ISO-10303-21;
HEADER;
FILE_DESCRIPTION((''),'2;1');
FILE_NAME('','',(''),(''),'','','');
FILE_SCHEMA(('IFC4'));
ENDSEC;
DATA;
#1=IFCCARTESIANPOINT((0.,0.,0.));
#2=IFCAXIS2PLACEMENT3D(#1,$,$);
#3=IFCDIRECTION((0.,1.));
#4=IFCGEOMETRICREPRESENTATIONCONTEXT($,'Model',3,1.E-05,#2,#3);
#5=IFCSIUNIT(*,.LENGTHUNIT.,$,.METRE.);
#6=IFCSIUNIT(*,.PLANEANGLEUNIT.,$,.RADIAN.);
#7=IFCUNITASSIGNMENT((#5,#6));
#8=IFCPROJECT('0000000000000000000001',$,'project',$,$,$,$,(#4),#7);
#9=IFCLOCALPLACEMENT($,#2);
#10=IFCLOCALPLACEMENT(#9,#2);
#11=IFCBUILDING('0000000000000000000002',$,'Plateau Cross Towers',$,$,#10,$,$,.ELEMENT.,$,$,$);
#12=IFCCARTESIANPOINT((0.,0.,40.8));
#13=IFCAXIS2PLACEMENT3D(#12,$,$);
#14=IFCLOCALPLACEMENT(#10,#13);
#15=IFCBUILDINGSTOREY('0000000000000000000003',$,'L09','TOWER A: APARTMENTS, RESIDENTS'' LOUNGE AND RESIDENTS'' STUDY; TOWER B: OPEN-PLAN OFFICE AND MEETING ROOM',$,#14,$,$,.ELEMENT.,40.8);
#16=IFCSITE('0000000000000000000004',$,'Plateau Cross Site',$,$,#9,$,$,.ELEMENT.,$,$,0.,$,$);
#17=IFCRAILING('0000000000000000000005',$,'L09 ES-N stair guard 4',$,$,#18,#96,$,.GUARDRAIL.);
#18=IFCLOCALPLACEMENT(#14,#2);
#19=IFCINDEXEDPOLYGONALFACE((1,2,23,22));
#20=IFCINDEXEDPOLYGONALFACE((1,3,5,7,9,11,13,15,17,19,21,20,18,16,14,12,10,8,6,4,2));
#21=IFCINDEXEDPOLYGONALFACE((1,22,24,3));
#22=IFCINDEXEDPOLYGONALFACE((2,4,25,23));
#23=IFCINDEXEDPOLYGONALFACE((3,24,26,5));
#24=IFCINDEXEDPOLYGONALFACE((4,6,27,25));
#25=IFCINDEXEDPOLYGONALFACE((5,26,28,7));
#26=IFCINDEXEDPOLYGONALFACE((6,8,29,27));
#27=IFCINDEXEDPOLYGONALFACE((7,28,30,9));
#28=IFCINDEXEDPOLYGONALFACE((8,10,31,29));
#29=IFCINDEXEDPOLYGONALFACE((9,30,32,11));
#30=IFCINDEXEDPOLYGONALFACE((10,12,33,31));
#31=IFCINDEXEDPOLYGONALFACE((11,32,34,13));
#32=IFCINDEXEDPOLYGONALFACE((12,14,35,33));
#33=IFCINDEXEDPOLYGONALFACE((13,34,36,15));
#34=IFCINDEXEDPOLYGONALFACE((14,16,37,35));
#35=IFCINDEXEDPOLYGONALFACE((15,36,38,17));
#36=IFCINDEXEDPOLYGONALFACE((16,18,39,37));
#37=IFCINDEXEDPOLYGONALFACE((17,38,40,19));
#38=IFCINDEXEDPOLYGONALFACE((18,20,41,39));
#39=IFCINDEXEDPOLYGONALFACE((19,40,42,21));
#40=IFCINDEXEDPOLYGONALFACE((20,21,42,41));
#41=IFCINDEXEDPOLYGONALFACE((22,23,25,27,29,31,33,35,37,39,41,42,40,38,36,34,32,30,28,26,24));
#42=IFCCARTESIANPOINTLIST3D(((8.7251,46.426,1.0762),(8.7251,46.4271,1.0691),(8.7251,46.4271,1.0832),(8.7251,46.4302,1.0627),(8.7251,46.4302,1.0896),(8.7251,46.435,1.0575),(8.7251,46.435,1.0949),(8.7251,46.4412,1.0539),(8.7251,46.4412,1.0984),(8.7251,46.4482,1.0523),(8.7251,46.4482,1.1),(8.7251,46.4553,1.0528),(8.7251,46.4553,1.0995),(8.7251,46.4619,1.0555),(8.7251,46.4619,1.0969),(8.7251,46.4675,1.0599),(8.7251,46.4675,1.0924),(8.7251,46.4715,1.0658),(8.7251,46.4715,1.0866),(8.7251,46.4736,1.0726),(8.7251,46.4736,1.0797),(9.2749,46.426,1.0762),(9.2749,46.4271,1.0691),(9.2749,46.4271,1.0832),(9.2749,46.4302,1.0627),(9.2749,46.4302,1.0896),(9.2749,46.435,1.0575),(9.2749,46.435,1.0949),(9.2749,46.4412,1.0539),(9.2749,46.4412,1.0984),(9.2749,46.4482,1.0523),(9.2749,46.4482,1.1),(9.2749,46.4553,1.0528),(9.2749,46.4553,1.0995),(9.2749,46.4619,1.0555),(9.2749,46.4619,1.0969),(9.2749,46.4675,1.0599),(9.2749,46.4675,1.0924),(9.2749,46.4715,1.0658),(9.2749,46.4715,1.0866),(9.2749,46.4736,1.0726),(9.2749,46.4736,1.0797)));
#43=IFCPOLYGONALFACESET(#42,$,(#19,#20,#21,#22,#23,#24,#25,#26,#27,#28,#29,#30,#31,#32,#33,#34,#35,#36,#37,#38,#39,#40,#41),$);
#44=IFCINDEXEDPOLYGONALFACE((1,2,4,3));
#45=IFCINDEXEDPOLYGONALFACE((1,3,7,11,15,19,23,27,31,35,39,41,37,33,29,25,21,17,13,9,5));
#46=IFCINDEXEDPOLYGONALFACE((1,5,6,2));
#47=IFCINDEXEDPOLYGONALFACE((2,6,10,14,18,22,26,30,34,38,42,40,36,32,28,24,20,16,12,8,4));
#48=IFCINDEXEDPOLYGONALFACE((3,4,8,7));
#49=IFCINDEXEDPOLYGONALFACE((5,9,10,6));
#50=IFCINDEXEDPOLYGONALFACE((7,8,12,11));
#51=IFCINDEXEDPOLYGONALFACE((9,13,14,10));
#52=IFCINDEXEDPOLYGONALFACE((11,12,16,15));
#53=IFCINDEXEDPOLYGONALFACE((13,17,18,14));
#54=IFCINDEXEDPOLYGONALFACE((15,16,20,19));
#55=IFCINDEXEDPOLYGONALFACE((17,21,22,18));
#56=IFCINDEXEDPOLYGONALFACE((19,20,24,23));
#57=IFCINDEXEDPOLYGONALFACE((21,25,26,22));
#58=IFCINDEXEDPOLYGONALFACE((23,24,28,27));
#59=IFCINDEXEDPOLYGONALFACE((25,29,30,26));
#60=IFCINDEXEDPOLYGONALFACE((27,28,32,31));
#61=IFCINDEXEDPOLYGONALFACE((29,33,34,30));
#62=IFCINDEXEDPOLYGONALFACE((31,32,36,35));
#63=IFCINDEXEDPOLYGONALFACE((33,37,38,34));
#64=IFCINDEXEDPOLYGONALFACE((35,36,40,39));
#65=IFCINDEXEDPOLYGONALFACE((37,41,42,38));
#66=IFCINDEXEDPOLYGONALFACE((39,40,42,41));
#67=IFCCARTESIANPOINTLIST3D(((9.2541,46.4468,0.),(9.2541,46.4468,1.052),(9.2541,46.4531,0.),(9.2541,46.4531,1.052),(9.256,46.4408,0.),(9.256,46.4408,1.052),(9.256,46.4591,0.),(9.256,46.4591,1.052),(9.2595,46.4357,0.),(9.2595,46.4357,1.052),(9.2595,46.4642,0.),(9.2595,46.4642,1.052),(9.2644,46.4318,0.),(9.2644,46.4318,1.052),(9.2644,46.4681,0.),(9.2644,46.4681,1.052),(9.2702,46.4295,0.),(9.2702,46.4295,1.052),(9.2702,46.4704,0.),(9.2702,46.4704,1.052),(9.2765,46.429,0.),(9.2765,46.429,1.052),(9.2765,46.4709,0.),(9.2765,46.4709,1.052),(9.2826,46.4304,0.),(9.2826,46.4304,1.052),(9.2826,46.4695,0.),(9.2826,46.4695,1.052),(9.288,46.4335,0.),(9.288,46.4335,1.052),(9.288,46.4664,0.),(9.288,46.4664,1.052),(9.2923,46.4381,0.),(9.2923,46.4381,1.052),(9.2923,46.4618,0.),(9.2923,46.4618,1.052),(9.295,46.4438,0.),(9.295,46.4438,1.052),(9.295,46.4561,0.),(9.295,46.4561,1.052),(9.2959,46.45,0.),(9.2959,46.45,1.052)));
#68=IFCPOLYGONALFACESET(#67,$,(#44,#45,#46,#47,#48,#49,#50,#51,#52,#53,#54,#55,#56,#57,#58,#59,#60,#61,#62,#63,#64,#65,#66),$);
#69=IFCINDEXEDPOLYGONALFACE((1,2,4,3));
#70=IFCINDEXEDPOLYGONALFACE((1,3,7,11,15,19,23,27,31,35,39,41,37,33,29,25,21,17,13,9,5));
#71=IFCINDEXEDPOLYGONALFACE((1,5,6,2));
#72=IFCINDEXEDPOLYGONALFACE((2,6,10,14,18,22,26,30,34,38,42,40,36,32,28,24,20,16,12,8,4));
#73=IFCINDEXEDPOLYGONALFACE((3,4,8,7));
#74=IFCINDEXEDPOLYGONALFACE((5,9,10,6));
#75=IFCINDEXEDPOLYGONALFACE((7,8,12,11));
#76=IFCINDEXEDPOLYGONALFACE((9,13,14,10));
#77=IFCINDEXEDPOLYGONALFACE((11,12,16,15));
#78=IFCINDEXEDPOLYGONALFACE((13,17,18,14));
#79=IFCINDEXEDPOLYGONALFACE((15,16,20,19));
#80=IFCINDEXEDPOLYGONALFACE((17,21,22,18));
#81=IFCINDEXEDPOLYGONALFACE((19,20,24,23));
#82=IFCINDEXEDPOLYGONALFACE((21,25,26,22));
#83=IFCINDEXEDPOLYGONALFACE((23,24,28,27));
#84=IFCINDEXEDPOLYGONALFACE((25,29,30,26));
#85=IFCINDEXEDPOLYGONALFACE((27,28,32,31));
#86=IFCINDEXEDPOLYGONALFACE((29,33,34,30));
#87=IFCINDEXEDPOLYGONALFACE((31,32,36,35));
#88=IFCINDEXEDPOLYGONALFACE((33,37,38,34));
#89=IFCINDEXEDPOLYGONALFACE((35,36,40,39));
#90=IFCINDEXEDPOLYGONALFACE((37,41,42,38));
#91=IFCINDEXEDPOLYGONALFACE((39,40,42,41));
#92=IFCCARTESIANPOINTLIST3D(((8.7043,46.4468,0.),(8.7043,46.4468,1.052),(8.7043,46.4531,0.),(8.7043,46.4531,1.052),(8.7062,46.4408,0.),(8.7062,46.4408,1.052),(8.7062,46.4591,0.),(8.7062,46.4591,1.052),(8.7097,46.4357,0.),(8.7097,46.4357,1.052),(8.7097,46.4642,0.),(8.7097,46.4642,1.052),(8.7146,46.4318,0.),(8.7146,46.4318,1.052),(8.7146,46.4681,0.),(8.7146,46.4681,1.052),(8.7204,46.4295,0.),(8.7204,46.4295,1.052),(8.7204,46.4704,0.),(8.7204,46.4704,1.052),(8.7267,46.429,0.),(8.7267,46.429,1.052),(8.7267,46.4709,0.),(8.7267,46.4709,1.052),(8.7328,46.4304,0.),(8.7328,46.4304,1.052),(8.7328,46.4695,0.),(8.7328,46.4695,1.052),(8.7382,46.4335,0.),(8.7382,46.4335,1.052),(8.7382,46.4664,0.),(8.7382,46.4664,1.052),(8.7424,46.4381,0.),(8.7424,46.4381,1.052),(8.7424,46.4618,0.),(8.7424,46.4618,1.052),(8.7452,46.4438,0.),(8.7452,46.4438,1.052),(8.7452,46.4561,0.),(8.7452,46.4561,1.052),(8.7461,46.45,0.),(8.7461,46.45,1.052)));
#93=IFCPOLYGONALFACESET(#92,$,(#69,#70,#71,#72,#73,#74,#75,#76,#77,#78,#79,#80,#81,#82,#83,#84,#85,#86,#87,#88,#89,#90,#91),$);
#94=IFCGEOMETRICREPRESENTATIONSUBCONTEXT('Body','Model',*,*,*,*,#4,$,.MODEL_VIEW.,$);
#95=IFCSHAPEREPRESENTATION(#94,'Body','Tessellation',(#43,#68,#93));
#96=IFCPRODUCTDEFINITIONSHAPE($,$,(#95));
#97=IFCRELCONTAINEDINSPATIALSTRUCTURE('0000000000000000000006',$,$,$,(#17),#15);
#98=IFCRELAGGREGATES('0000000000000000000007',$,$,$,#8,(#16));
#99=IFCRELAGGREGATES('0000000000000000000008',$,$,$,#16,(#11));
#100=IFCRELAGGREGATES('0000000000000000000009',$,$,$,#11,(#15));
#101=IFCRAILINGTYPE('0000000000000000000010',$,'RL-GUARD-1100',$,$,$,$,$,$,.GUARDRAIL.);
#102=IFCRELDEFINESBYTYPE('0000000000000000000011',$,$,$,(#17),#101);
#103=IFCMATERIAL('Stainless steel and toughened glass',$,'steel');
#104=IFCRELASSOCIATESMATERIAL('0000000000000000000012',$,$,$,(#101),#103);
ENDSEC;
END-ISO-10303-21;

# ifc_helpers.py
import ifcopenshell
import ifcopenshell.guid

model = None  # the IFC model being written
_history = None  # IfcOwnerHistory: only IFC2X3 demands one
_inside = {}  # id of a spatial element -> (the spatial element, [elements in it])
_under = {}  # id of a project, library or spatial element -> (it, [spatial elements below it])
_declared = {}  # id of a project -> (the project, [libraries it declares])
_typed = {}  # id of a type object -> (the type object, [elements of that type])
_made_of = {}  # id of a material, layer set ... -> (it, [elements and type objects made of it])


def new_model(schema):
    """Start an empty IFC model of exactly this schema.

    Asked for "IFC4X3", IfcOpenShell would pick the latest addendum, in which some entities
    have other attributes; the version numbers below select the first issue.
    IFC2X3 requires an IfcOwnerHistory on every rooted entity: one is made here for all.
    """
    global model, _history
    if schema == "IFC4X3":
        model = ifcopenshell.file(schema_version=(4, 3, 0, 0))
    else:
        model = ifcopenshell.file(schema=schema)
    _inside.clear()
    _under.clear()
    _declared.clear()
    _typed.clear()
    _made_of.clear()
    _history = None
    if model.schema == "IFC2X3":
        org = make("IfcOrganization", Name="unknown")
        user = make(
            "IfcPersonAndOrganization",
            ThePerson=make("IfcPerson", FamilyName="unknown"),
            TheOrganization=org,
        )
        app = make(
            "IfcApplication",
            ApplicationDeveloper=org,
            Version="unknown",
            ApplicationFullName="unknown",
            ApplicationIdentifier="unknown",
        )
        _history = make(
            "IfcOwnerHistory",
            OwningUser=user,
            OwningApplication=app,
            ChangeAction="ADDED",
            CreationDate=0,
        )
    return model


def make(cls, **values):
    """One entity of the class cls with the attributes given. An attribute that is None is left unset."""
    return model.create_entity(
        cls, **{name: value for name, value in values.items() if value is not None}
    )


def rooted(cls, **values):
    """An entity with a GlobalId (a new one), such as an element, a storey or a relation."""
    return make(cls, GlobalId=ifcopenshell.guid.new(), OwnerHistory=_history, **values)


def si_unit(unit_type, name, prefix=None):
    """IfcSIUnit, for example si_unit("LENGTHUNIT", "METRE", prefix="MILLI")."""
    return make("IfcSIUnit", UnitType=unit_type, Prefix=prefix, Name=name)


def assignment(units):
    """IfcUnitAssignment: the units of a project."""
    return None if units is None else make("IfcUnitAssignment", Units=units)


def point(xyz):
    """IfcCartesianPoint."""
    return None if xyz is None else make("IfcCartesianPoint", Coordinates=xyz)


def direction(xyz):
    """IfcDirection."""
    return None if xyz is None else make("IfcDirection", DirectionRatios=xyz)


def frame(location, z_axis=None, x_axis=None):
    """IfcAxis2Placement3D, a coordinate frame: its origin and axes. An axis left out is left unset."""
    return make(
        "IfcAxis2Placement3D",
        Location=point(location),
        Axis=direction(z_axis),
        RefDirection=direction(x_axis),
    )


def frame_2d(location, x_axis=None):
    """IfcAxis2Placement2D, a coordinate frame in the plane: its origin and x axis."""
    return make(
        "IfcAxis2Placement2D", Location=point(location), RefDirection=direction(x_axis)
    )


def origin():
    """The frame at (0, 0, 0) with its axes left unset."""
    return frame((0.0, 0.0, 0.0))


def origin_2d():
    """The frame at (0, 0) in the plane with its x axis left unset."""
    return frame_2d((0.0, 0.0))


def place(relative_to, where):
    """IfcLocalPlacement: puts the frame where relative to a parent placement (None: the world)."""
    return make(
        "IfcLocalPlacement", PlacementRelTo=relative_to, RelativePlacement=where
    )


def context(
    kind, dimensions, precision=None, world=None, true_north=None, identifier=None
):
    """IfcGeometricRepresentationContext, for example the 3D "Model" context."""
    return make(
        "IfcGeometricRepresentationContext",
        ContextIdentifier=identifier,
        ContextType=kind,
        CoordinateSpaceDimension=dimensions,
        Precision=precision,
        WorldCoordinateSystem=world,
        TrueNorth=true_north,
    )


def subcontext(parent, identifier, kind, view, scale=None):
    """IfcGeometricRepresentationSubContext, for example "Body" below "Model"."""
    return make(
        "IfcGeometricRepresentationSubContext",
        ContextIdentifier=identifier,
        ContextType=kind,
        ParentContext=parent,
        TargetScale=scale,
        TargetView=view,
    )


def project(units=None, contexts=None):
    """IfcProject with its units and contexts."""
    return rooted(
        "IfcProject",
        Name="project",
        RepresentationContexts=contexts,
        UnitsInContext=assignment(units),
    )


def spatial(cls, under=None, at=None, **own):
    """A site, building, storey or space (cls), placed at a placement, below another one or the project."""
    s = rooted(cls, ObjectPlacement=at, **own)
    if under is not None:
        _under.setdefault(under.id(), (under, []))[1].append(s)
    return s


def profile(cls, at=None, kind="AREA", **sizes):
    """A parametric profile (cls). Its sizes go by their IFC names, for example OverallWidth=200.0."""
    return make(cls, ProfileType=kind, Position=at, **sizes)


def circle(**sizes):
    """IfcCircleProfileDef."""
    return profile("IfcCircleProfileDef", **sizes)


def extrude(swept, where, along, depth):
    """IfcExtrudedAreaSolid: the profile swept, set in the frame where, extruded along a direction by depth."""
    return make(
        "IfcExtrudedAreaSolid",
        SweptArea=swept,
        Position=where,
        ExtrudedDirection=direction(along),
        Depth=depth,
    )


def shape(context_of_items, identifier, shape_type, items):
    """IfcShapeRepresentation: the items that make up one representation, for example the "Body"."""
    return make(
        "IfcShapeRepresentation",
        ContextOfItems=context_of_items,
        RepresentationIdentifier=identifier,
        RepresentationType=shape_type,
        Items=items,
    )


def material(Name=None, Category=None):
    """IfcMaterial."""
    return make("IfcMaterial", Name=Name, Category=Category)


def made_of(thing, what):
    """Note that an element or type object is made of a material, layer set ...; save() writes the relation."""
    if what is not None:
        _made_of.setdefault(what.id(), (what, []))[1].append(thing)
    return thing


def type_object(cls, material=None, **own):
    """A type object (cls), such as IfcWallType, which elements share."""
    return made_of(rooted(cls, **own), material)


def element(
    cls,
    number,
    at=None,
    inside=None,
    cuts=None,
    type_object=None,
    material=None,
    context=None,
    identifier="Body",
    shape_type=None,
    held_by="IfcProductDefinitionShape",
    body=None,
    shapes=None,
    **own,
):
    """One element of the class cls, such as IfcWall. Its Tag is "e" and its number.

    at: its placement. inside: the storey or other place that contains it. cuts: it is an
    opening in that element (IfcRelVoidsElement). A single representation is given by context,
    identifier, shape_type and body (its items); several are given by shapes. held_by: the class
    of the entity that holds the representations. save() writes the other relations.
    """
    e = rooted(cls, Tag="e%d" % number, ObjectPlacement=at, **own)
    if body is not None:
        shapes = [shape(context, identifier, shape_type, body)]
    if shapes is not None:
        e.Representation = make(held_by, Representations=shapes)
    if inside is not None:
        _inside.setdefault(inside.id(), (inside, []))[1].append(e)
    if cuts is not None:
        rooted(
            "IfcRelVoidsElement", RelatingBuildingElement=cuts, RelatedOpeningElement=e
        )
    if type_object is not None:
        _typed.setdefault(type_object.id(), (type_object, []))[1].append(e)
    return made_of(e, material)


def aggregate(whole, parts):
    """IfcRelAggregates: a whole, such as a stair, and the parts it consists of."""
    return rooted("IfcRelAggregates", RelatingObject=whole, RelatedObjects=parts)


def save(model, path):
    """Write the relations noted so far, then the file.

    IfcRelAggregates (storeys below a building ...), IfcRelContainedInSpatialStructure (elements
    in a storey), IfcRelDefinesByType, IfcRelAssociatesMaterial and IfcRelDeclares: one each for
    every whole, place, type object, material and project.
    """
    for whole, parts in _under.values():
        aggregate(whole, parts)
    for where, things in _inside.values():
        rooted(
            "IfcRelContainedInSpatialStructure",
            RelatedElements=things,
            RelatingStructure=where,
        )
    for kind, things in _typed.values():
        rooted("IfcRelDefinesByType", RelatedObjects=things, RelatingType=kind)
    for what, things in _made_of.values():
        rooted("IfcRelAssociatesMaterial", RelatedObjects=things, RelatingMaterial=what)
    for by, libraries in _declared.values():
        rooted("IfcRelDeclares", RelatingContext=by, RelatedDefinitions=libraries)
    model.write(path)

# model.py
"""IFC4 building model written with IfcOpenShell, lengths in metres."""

from ifc_helpers import new_model, si_unit, direction, frame, origin, origin_2d, place, context, subcontext, project, spatial, circle, extrude, material, type_object, element, save


model = new_model("IFC4")

# Units and contexts
model_context = context("Model", 3, precision=1e-05, world=origin(), true_north=direction((0.0, 1.0)))
body_context = subcontext(model_context, "Body", "Model", "MODEL_VIEW")
ifc_project = project(units=[si_unit("LENGTHUNIT", "METRE"), si_unit("PLANEANGLEUNIT", "RADIAN")], contexts=[model_context])

# Site, building, storey
site_placement = place(None, origin())
site = spatial("IfcSite", under=ifc_project, at=site_placement, Name="Plateau Cross Site", CompositionType="ELEMENT", RefElevation=0.0)
building_placement = place(site_placement, origin())
building = spatial("IfcBuilding", under=site, at=building_placement, Name="Plateau Cross Towers", CompositionType="ELEMENT")
storey_placement = place(building_placement, frame((0.0, 0.0, 40.8)))
storey = spatial("IfcBuildingStorey", under=building, at=storey_placement, Name="L09", Description="TOWER A: APARTMENTS, RESIDENTS' LOUNGE AND RESIDENTS' STUDY; TOWER B: OPEN-PLAN OFFICE AND MEETING ROOM", CompositionType="ELEMENT", Elevation=40.8)

# Railing
ifc_material_1 = material(Name="Stainless steel and toughened glass", Category="steel")
railing_type_1 = type_object("IfcRailingType", Name="RL-GUARD-1100", PredefinedType="GUARDRAIL", material=ifc_material_1)
railing_1_placement = place(storey_placement, frame((9.2749, 46.45, 0.0)))
element("IfcRailing", 1, at=railing_1_placement, inside=storey, type_object=railing_type_1, Name="L09 ES-N stair guard 4", PredefinedType="GUARDRAIL", context=body_context, shape_type="SweptSolid", body=[
    extrude(circle(Radius=0.0239, at=origin_2d()), frame((0.0, 0.0, 1.0762), z_axis=(-1.0, 0.0, 0.0), x_axis=(0.0, -1.0, 0.0)), (0.0, 0.0, 1.0), 0.5498),
    extrude(circle(Radius=0.021, at=origin_2d()), origin(), (0.0, 0.0, 1.0), 1.052),
    extrude(circle(Radius=0.021, at=origin_2d()), frame((-0.5498, 0.0, 0.0)), (0.0, 0.0, 1.0), 1.052),
])

save(model, "model.ifc")
